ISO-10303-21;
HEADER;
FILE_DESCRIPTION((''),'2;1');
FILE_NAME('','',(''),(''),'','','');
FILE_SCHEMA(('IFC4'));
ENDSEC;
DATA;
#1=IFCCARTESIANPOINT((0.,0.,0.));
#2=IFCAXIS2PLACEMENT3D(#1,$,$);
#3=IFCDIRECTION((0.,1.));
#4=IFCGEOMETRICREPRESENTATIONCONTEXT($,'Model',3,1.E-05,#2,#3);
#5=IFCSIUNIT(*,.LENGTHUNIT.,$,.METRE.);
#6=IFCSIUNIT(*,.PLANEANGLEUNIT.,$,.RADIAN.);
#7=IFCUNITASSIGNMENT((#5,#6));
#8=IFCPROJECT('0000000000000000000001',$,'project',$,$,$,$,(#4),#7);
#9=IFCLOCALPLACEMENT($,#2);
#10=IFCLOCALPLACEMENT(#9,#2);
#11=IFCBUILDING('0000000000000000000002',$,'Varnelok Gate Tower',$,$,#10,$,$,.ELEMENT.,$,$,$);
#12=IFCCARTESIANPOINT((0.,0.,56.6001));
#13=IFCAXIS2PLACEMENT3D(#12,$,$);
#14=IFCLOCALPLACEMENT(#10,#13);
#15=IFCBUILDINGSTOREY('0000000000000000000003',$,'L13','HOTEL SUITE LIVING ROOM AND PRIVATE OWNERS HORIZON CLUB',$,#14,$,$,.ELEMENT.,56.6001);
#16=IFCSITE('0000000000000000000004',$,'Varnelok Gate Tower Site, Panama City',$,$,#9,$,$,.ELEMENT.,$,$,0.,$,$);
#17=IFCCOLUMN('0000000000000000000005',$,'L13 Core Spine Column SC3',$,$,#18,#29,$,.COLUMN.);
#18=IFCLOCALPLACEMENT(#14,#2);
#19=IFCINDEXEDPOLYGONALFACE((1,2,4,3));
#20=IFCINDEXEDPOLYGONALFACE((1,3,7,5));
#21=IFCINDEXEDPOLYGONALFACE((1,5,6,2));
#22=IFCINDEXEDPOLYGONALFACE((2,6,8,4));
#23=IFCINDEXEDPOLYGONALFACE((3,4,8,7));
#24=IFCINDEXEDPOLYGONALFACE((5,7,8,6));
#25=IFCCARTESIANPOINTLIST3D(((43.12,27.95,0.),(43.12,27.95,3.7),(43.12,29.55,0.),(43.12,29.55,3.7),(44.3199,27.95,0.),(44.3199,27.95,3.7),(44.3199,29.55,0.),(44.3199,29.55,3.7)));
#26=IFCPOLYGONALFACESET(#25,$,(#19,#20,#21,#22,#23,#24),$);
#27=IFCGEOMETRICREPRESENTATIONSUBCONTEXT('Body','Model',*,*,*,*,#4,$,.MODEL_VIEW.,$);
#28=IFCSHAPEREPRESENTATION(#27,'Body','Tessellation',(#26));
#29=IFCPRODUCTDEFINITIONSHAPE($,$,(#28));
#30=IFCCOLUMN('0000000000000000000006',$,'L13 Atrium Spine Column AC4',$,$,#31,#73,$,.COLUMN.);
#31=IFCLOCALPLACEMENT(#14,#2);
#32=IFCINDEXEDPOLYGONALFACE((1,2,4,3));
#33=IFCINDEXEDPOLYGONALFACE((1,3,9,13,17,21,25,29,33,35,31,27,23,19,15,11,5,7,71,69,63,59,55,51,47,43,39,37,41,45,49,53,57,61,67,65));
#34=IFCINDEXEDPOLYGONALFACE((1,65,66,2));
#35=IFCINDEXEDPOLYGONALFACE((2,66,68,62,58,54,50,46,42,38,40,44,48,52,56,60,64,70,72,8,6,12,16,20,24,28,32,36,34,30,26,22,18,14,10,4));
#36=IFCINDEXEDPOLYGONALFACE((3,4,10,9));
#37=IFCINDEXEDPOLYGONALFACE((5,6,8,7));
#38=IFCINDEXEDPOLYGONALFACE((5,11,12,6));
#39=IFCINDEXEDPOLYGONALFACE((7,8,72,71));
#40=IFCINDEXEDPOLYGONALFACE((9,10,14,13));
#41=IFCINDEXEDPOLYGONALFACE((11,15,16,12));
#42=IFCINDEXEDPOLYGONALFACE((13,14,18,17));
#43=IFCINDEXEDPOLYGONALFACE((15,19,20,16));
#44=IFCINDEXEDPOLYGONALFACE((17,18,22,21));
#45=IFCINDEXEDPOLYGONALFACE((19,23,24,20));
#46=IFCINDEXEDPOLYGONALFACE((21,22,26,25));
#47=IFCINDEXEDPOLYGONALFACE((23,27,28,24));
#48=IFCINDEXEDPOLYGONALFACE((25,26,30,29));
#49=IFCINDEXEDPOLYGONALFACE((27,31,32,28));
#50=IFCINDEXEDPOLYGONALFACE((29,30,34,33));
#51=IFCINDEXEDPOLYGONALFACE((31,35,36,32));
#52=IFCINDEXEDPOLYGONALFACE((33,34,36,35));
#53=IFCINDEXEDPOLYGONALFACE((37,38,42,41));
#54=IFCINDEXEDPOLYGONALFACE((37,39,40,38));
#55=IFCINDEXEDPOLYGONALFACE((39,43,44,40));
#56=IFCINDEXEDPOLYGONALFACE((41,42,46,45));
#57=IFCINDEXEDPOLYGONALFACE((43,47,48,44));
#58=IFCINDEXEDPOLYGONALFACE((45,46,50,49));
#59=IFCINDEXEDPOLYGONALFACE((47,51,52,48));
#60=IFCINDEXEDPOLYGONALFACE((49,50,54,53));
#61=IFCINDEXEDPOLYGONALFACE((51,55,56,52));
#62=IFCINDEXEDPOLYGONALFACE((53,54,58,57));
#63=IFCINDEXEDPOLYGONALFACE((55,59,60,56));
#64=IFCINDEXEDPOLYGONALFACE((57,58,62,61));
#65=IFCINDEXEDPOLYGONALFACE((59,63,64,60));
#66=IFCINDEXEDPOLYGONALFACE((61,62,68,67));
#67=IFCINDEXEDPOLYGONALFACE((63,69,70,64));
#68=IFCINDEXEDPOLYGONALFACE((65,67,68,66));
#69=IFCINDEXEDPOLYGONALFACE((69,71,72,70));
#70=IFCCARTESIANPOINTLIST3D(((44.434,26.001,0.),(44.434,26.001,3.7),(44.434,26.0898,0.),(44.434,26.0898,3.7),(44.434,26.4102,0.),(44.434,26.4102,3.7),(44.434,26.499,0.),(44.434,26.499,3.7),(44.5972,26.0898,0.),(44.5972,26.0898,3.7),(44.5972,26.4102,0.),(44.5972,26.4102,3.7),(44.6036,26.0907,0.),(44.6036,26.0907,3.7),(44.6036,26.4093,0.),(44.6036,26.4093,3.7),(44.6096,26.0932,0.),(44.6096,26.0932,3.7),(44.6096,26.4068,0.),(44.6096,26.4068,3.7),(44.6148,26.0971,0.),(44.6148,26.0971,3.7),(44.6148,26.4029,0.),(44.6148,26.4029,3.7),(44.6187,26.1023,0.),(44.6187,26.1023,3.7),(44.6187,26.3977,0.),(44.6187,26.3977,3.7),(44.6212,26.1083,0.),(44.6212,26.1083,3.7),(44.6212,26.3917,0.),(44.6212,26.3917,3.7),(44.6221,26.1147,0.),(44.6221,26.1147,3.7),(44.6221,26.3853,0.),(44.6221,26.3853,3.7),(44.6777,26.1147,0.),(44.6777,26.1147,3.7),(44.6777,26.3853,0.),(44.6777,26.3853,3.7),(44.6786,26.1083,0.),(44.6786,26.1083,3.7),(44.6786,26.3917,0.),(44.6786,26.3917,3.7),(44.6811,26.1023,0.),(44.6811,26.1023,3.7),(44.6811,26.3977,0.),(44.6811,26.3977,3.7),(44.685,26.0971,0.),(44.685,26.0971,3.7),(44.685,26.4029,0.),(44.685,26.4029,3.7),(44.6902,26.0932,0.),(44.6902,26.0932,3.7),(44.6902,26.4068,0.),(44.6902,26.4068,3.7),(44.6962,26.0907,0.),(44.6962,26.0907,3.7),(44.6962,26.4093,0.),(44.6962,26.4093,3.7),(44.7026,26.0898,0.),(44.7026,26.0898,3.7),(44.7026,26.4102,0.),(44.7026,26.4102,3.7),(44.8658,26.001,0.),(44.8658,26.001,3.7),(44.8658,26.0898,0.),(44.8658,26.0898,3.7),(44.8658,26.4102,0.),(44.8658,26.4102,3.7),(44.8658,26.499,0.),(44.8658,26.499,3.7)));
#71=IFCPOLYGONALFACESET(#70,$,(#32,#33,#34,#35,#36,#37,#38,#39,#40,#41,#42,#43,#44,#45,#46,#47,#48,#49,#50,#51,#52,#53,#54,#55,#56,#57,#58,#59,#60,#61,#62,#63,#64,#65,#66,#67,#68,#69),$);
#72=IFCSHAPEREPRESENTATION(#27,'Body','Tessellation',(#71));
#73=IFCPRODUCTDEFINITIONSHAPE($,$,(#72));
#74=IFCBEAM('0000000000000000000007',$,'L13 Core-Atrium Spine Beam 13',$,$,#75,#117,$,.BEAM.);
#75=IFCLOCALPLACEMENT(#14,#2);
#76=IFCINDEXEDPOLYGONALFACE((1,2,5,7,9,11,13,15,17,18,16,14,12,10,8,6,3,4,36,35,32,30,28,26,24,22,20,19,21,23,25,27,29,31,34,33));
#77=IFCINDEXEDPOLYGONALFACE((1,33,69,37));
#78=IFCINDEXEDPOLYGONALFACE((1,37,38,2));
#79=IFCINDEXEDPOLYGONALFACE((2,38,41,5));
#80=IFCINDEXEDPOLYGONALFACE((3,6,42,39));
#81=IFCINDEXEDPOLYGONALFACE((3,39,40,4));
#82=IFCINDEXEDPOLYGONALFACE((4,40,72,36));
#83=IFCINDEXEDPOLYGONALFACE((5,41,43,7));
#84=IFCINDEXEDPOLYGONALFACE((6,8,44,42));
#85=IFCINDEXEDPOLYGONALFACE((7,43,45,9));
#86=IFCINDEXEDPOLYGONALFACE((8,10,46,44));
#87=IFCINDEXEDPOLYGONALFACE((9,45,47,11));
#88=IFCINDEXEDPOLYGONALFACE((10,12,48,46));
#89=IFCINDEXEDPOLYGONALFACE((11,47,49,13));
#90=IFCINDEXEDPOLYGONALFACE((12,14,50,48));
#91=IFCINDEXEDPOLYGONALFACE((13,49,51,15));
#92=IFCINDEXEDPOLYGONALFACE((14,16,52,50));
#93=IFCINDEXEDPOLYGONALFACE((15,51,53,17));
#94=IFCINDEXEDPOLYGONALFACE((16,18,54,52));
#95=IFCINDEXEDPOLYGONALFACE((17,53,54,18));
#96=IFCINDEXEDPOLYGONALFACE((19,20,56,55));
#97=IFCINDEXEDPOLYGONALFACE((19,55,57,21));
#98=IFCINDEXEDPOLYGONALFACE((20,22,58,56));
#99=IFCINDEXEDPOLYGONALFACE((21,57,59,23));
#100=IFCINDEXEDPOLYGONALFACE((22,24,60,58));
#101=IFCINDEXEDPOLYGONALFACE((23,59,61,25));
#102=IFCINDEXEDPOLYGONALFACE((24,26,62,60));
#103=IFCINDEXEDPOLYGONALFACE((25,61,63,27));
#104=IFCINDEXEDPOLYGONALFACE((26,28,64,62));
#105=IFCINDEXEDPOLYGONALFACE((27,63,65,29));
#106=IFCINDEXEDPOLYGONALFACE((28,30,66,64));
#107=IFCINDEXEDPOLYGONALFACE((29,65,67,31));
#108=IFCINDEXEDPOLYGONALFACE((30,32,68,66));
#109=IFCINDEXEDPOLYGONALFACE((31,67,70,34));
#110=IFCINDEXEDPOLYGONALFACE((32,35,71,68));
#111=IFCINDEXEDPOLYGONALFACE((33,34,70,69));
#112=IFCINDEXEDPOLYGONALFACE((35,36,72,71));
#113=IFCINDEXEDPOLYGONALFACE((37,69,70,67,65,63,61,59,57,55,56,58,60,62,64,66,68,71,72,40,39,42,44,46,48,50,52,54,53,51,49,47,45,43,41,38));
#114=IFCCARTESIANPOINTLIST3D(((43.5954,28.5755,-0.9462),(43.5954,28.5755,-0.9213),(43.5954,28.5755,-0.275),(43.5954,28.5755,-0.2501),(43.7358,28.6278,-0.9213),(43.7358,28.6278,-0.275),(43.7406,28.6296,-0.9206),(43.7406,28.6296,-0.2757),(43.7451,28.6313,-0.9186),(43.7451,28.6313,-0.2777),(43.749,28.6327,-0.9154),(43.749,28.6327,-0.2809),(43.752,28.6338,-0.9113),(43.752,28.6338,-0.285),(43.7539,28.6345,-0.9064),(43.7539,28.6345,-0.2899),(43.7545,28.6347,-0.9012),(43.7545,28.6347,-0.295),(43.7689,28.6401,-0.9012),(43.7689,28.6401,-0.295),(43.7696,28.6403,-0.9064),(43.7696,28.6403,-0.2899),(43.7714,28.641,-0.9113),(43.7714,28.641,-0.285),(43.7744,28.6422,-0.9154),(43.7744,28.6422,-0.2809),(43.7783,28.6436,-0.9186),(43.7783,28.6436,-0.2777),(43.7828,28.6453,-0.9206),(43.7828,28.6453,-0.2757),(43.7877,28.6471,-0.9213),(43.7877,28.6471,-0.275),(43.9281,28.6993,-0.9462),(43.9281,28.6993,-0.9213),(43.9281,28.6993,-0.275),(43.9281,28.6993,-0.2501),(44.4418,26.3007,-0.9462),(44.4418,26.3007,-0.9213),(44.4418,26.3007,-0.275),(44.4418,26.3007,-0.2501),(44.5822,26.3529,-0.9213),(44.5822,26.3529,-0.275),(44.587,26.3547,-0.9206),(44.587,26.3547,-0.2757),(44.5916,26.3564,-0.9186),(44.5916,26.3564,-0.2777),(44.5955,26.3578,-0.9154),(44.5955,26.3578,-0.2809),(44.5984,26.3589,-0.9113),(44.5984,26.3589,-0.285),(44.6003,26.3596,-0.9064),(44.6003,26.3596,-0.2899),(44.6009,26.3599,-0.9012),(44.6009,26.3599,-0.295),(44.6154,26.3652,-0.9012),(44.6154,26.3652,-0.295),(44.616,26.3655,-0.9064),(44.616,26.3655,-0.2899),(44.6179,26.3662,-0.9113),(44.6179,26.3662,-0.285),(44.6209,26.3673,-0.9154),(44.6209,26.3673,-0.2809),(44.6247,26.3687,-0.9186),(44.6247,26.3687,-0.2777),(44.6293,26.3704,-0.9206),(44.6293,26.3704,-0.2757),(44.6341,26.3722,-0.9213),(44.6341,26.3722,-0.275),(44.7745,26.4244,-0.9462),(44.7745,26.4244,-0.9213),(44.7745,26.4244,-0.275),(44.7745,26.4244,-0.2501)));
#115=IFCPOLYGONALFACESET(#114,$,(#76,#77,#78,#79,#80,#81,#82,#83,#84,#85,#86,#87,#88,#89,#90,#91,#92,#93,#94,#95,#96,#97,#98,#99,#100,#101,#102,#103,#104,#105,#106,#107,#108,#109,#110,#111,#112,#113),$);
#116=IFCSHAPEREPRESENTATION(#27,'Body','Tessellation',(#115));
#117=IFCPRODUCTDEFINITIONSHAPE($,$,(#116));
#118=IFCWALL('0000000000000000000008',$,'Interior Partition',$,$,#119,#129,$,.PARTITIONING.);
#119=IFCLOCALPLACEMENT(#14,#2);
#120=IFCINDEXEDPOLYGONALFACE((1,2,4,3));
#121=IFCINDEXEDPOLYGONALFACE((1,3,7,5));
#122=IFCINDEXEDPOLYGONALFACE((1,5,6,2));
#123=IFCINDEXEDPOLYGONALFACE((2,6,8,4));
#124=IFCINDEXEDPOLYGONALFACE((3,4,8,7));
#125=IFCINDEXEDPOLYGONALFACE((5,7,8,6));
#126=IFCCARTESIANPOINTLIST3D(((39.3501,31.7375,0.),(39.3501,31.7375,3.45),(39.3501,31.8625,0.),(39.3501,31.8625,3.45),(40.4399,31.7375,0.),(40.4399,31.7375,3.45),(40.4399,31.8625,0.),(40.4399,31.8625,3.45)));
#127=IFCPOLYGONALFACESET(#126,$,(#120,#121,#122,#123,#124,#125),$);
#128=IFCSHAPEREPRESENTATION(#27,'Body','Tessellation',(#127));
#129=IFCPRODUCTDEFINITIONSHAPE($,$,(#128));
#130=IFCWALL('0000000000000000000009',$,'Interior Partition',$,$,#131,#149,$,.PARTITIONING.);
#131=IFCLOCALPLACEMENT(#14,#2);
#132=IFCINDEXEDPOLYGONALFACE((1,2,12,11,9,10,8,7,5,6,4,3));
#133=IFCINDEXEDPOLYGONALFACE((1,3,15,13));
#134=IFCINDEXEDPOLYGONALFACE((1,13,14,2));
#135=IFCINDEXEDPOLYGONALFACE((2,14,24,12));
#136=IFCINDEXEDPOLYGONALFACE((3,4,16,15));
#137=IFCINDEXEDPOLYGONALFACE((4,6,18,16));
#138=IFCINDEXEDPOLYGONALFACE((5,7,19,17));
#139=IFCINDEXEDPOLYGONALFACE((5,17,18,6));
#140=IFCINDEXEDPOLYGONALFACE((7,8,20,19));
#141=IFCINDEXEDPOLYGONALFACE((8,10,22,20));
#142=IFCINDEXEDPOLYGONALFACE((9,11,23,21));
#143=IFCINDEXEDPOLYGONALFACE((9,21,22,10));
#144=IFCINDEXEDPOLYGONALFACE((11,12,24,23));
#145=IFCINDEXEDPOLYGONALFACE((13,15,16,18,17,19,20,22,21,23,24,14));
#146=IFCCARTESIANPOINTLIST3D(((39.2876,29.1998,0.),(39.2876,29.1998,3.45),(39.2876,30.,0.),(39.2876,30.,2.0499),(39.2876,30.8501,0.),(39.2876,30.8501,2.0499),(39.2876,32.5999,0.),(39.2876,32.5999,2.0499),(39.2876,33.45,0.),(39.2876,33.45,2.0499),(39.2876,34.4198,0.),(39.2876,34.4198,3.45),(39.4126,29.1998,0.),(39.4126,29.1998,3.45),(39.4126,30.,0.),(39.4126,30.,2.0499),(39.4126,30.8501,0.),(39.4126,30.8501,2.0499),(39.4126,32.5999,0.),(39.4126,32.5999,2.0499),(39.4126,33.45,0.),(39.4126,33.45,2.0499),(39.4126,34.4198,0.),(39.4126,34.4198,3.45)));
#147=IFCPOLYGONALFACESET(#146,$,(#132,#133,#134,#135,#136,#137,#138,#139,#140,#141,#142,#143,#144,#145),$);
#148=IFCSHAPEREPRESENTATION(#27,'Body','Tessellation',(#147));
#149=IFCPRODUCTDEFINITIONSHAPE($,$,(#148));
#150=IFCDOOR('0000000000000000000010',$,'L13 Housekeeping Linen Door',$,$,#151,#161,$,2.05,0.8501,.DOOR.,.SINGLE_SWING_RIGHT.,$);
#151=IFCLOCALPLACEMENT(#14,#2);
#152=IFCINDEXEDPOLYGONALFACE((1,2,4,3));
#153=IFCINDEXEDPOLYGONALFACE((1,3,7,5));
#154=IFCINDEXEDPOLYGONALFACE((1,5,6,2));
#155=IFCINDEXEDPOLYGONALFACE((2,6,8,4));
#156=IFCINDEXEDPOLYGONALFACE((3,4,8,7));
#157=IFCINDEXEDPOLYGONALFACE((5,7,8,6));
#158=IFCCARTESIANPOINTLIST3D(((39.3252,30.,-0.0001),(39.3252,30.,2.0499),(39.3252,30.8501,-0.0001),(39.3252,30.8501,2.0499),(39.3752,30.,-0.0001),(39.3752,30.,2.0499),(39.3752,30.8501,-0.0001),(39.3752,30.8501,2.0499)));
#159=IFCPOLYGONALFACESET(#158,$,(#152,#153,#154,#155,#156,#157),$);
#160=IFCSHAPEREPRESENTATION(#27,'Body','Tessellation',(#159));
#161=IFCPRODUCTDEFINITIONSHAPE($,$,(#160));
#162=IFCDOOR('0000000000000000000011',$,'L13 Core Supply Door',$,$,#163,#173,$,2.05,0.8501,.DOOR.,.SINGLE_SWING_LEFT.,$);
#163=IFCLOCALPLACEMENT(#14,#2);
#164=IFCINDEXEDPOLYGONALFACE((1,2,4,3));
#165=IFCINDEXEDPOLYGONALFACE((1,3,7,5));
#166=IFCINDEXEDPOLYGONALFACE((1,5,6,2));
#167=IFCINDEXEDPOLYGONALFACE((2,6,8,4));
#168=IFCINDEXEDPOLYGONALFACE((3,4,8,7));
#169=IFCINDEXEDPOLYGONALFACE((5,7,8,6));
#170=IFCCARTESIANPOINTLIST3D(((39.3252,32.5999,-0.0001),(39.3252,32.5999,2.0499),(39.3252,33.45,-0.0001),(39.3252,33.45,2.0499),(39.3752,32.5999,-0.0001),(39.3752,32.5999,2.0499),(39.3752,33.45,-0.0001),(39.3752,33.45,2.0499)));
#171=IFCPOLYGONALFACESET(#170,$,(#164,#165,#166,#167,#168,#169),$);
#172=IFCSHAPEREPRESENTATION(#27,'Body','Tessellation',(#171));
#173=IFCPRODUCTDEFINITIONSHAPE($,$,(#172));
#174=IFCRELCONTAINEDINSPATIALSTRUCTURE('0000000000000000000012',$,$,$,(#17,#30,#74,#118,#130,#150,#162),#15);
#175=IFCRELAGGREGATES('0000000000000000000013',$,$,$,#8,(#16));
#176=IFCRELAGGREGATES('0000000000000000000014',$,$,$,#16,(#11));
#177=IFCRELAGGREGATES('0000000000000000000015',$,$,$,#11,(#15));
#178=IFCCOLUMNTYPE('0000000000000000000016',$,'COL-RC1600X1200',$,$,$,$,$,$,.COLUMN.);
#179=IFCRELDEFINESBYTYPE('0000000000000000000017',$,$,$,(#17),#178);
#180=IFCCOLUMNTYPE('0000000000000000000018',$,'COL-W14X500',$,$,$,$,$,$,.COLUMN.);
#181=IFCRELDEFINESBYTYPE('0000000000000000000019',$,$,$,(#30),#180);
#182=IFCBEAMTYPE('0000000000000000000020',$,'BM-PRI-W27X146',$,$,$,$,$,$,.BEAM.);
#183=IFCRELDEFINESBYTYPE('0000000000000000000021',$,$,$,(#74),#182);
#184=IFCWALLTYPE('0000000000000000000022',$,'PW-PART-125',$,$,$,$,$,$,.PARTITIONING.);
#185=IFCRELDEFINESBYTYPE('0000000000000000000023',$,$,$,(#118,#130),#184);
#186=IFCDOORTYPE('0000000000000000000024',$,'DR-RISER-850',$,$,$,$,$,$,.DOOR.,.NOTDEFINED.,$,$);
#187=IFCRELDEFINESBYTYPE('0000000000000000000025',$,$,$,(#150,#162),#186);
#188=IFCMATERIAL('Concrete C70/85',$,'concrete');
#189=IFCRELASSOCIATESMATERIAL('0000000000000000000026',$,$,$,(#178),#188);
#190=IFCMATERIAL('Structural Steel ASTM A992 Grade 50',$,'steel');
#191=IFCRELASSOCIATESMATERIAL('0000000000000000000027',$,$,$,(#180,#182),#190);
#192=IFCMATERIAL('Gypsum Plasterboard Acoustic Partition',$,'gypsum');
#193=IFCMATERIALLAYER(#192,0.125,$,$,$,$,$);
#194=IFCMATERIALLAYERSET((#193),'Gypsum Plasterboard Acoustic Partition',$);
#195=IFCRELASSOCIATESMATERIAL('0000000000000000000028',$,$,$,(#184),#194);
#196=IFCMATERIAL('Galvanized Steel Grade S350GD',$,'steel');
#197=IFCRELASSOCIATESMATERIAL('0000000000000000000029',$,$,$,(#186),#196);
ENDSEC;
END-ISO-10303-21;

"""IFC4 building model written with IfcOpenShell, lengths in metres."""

from ifc_helpers import new_model, si_unit, direction, frame, frame_2d, origin, origin_2d, place, context, subcontext, project, spatial, rectangle, i_section, extrude, material, layer, layer_set, material_profile, profile_set, type_object, element, fill, save


model = new_model("IFC4")

# Units and contexts
model_context = context("Model", 3, precision=1e-05, world=origin(), true_north=direction((0.0, 1.0)))
body_context = subcontext(model_context, "Body", "Model", "MODEL_VIEW")
ifc_project = project(units=[si_unit("LENGTHUNIT", "METRE"), si_unit("PLANEANGLEUNIT", "RADIAN")], contexts=[model_context])

# Site, building, storey
site_placement = place(None, origin())
site = spatial("IfcSite", under=ifc_project, at=site_placement, Name="Varnelok Gate Tower Site, Panama City", CompositionType="ELEMENT", RefElevation=0.0)
building_placement = place(site_placement, origin())
building = spatial("IfcBuilding", under=site, at=building_placement, Name="Varnelok Gate Tower", CompositionType="ELEMENT")
storey_placement = place(building_placement, frame((0.0, 0.0, 56.6001)))
storey = spatial("IfcBuildingStorey", under=building, at=storey_placement, Name="L13", Description="HOTEL SUITE LIVING ROOM AND PRIVATE OWNERS HORIZON CLUB", CompositionType="ELEMENT", Elevation=56.6001)

# Columns
ifc_material_1 = material(Name="Concrete C70/85", Category="concrete")
ifc_material_profile_1 = material_profile(ifc_material_1, rectangle(XDim=1.2, YDim=1.6001, at=origin_2d()), Name="RC1600X1200")
ifc_profile_set_1 = profile_set([ifc_material_profile_1], Name="Concrete C70/85")
column_type_1 = type_object("IfcColumnType", Name="COL-RC1600X1200", PredefinedType="COLUMN", material=ifc_profile_set_1)
column_1_placement = place(storey_placement, frame((43.72, 28.75, 0.0), z_axis=(0.0, 0.0, 1.0), x_axis=(1.0, 0.0, 0.0)))
element("IfcColumn", 1, at=column_1_placement, inside=storey, type_object=column_type_1, Name="L13 Core Spine Column SC3", PredefinedType="COLUMN", context=body_context, shape_type="SweptSolid", body=[
    extrude(rectangle(XDim=1.2, YDim=1.6001, at=origin_2d()), origin(), (0.0, 0.0, 1.0), 3.7),
])
ifc_material_2 = material(Name="Structural Steel ASTM A992 Grade 50", Category="steel")
ifc_material_profile_2 = material_profile(ifc_material_2, i_section(OverallWidth=0.4319, OverallDepth=0.498, WebThickness=0.0557, FlangeThickness=0.0889, FilletRadius=0.0249, at=origin_2d()), Name="W14X500")
ifc_profile_set_2 = profile_set([ifc_material_profile_2], Name="Structural Steel ASTM A992 Grade 50")
column_type_2 = type_object("IfcColumnType", Name="COL-W14X500", PredefinedType="COLUMN", material=ifc_profile_set_2)
column_2_placement = place(storey_placement, frame((44.6499, 26.25, 0.0), z_axis=(0.0, 0.0, 1.0), x_axis=(1.0, 0.0, 0.0)))
element("IfcColumn", 2, at=column_2_placement, inside=storey, type_object=column_type_2, Name="L13 Atrium Spine Column AC4", PredefinedType="COLUMN", context=body_context, shape_type="SweptSolid", body=[
    extrude(i_section(OverallWidth=0.4319, OverallDepth=0.498, WebThickness=0.0557, FlangeThickness=0.0889, FilletRadius=0.0249, at=origin_2d()), origin(), (0.0, 0.0, 1.0), 3.7),
])

# Beam
ifc_material_profile_3 = material_profile(ifc_material_2, i_section(OverallWidth=0.355, OverallDepth=0.696, WebThickness=0.0154, FlangeThickness=0.0249, FilletRadius=0.02, at=origin_2d()), Name="W27X146")
ifc_profile_set_3 = profile_set([ifc_material_profile_3], Name="Structural Steel ASTM A992 Grade 50")
beam_type = type_object("IfcBeamType", Name="BM-PRI-W27X146", PredefinedType="BEAM", material=ifc_profile_set_3)
beam_placement = place(storey_placement, frame((44.6082, 26.3625, -0.5981), z_axis=(-0.348719, 0.937227, 0.0), x_axis=(-0.937227, -0.348719, 0.0)))
element("IfcBeam", 3, at=beam_placement, inside=storey, type_object=beam_type, Name="L13 Core-Atrium Spine Beam 13", PredefinedType="BEAM", context=body_context, shape_type="SweptSolid", body=[
    extrude(i_section(OverallWidth=0.355, OverallDepth=0.696, WebThickness=0.0154, FlangeThickness=0.0249, FilletRadius=0.02, at=origin_2d()), origin(), (0.0, 0.0, 1.0), 2.4272),
])

# Wall
ifc_material_3 = material(Name="Gypsum Plasterboard Acoustic Partition", Category="gypsum")
ifc_layer_1 = layer(ifc_material_3, 0.125)
ifc_layer_set_1 = layer_set([ifc_layer_1], Name="Gypsum Plasterboard Acoustic Partition")
wall_type_1 = type_object("IfcWallType", Name="PW-PART-125", PredefinedType="PARTITIONING", material=ifc_layer_set_1)
wall_1_placement = place(storey_placement, frame((39.3501, 31.8, 0.0), z_axis=(0.0, 0.0, 1.0), x_axis=(1.0, 0.0, 0.0)))
element("IfcWall", 4, at=wall_1_placement, inside=storey, type_object=wall_type_1, Name="Interior Partition", PredefinedType="PARTITIONING", context=body_context, shape_type="SweptSolid", body=[
    extrude(rectangle(XDim=1.0898, YDim=0.125, at=frame_2d((0.5449, 0.0))), origin(), (0.0, 0.0, 1.0), 3.45),
])

# Wall, openings, doors
wall_2_placement = place(storey_placement, frame((39.3501, 29.2, 0.0), z_axis=(0.0, 0.0, 1.0), x_axis=(0.0, 1.0, 0.0)))
wall_2 = element("IfcWall", 5, at=wall_2_placement, inside=storey, type_object=wall_type_1, Name="Interior Partition", PredefinedType="PARTITIONING", context=body_context, shape_type="SweptSolid", body=[
    extrude(rectangle(XDim=5.22, YDim=0.125, at=frame_2d((2.6099, 0.0))), origin(), (0.0, 0.0, 1.0), 3.45),
])
opening_1_placement = place(wall_2_placement, frame((0.8, 0.0, 0.0)))
opening_1 = element("IfcOpeningElement", 6, at=opening_1_placement, cuts=wall_2, PredefinedType="OPENING", context=body_context, shape_type="SweptSolid", body=[
    extrude(rectangle(XDim=0.8501, YDim=2.05, at=frame_2d((0.425, 1.0249))), frame((0.0, 0.0725, 0.0), z_axis=(0.0, -1.0, 0.0), x_axis=(1.0, 0.0, 0.0)), (0.0, 0.0, 1.0), 0.145),
])
opening_2_placement = place(wall_2_placement, frame((3.3999, 0.0, 0.0)))
opening_2 = element("IfcOpeningElement", 7, at=opening_2_placement, cuts=wall_2, PredefinedType="OPENING", context=body_context, shape_type="SweptSolid", body=[
    extrude(rectangle(XDim=0.8501, YDim=2.05, at=frame_2d((0.425, 1.0249))), frame((0.0, 0.0725, 0.0), z_axis=(0.0, -1.0, 0.0), x_axis=(1.0, 0.0, 0.0)), (0.0, 0.0, 1.0), 0.145),
])
ifc_material_4 = material(Name="Galvanized Steel Grade S350GD", Category="steel")
door_type_1 = type_object("IfcDoorType", Name="DR-RISER-850", OperationType="NOTDEFINED", PredefinedType="DOOR", material=ifc_material_4)
door_1_placement = place(opening_1_placement, origin())
door_1 = element("IfcDoor", 8, at=door_1_placement, inside=storey, type_object=door_type_1, Name="L13 Housekeeping Linen Door", OperationType="SINGLE_SWING_RIGHT", OverallHeight=2.05, OverallWidth=0.8501, PredefinedType="DOOR", context=body_context, shape_type="SweptSolid", body=[
    extrude(rectangle(XDim=0.8501, YDim=2.05, at=frame_2d((0.425, 1.0249))), frame((0.0, 0.0249, 0.0), z_axis=(0.0, -1.0, 0.0), x_axis=(1.0, 0.0, 0.0)), (0.0, 0.0, 1.0), 0.05),
])
fill(opening_1, door_1)
door_2_placement = place(opening_2_placement, origin())
door_2 = element("IfcDoor", 9, at=door_2_placement, inside=storey, type_object=door_type_1, Name="L13 Core Supply Door", OperationType="SINGLE_SWING_LEFT", OverallHeight=2.05, OverallWidth=0.8501, PredefinedType="DOOR", context=body_context, shape_type="SweptSolid", body=[
    extrude(rectangle(XDim=0.8501, YDim=2.05, at=frame_2d((0.425, 1.0249))), frame((0.0, 0.0249, 0.0), z_axis=(0.0, -1.0, 0.0), x_axis=(1.0, 0.0, 0.0)), (0.0, 0.0, 1.0), 0.05),
])
fill(opening_2, door_2)

save(model, "model.ifc")
